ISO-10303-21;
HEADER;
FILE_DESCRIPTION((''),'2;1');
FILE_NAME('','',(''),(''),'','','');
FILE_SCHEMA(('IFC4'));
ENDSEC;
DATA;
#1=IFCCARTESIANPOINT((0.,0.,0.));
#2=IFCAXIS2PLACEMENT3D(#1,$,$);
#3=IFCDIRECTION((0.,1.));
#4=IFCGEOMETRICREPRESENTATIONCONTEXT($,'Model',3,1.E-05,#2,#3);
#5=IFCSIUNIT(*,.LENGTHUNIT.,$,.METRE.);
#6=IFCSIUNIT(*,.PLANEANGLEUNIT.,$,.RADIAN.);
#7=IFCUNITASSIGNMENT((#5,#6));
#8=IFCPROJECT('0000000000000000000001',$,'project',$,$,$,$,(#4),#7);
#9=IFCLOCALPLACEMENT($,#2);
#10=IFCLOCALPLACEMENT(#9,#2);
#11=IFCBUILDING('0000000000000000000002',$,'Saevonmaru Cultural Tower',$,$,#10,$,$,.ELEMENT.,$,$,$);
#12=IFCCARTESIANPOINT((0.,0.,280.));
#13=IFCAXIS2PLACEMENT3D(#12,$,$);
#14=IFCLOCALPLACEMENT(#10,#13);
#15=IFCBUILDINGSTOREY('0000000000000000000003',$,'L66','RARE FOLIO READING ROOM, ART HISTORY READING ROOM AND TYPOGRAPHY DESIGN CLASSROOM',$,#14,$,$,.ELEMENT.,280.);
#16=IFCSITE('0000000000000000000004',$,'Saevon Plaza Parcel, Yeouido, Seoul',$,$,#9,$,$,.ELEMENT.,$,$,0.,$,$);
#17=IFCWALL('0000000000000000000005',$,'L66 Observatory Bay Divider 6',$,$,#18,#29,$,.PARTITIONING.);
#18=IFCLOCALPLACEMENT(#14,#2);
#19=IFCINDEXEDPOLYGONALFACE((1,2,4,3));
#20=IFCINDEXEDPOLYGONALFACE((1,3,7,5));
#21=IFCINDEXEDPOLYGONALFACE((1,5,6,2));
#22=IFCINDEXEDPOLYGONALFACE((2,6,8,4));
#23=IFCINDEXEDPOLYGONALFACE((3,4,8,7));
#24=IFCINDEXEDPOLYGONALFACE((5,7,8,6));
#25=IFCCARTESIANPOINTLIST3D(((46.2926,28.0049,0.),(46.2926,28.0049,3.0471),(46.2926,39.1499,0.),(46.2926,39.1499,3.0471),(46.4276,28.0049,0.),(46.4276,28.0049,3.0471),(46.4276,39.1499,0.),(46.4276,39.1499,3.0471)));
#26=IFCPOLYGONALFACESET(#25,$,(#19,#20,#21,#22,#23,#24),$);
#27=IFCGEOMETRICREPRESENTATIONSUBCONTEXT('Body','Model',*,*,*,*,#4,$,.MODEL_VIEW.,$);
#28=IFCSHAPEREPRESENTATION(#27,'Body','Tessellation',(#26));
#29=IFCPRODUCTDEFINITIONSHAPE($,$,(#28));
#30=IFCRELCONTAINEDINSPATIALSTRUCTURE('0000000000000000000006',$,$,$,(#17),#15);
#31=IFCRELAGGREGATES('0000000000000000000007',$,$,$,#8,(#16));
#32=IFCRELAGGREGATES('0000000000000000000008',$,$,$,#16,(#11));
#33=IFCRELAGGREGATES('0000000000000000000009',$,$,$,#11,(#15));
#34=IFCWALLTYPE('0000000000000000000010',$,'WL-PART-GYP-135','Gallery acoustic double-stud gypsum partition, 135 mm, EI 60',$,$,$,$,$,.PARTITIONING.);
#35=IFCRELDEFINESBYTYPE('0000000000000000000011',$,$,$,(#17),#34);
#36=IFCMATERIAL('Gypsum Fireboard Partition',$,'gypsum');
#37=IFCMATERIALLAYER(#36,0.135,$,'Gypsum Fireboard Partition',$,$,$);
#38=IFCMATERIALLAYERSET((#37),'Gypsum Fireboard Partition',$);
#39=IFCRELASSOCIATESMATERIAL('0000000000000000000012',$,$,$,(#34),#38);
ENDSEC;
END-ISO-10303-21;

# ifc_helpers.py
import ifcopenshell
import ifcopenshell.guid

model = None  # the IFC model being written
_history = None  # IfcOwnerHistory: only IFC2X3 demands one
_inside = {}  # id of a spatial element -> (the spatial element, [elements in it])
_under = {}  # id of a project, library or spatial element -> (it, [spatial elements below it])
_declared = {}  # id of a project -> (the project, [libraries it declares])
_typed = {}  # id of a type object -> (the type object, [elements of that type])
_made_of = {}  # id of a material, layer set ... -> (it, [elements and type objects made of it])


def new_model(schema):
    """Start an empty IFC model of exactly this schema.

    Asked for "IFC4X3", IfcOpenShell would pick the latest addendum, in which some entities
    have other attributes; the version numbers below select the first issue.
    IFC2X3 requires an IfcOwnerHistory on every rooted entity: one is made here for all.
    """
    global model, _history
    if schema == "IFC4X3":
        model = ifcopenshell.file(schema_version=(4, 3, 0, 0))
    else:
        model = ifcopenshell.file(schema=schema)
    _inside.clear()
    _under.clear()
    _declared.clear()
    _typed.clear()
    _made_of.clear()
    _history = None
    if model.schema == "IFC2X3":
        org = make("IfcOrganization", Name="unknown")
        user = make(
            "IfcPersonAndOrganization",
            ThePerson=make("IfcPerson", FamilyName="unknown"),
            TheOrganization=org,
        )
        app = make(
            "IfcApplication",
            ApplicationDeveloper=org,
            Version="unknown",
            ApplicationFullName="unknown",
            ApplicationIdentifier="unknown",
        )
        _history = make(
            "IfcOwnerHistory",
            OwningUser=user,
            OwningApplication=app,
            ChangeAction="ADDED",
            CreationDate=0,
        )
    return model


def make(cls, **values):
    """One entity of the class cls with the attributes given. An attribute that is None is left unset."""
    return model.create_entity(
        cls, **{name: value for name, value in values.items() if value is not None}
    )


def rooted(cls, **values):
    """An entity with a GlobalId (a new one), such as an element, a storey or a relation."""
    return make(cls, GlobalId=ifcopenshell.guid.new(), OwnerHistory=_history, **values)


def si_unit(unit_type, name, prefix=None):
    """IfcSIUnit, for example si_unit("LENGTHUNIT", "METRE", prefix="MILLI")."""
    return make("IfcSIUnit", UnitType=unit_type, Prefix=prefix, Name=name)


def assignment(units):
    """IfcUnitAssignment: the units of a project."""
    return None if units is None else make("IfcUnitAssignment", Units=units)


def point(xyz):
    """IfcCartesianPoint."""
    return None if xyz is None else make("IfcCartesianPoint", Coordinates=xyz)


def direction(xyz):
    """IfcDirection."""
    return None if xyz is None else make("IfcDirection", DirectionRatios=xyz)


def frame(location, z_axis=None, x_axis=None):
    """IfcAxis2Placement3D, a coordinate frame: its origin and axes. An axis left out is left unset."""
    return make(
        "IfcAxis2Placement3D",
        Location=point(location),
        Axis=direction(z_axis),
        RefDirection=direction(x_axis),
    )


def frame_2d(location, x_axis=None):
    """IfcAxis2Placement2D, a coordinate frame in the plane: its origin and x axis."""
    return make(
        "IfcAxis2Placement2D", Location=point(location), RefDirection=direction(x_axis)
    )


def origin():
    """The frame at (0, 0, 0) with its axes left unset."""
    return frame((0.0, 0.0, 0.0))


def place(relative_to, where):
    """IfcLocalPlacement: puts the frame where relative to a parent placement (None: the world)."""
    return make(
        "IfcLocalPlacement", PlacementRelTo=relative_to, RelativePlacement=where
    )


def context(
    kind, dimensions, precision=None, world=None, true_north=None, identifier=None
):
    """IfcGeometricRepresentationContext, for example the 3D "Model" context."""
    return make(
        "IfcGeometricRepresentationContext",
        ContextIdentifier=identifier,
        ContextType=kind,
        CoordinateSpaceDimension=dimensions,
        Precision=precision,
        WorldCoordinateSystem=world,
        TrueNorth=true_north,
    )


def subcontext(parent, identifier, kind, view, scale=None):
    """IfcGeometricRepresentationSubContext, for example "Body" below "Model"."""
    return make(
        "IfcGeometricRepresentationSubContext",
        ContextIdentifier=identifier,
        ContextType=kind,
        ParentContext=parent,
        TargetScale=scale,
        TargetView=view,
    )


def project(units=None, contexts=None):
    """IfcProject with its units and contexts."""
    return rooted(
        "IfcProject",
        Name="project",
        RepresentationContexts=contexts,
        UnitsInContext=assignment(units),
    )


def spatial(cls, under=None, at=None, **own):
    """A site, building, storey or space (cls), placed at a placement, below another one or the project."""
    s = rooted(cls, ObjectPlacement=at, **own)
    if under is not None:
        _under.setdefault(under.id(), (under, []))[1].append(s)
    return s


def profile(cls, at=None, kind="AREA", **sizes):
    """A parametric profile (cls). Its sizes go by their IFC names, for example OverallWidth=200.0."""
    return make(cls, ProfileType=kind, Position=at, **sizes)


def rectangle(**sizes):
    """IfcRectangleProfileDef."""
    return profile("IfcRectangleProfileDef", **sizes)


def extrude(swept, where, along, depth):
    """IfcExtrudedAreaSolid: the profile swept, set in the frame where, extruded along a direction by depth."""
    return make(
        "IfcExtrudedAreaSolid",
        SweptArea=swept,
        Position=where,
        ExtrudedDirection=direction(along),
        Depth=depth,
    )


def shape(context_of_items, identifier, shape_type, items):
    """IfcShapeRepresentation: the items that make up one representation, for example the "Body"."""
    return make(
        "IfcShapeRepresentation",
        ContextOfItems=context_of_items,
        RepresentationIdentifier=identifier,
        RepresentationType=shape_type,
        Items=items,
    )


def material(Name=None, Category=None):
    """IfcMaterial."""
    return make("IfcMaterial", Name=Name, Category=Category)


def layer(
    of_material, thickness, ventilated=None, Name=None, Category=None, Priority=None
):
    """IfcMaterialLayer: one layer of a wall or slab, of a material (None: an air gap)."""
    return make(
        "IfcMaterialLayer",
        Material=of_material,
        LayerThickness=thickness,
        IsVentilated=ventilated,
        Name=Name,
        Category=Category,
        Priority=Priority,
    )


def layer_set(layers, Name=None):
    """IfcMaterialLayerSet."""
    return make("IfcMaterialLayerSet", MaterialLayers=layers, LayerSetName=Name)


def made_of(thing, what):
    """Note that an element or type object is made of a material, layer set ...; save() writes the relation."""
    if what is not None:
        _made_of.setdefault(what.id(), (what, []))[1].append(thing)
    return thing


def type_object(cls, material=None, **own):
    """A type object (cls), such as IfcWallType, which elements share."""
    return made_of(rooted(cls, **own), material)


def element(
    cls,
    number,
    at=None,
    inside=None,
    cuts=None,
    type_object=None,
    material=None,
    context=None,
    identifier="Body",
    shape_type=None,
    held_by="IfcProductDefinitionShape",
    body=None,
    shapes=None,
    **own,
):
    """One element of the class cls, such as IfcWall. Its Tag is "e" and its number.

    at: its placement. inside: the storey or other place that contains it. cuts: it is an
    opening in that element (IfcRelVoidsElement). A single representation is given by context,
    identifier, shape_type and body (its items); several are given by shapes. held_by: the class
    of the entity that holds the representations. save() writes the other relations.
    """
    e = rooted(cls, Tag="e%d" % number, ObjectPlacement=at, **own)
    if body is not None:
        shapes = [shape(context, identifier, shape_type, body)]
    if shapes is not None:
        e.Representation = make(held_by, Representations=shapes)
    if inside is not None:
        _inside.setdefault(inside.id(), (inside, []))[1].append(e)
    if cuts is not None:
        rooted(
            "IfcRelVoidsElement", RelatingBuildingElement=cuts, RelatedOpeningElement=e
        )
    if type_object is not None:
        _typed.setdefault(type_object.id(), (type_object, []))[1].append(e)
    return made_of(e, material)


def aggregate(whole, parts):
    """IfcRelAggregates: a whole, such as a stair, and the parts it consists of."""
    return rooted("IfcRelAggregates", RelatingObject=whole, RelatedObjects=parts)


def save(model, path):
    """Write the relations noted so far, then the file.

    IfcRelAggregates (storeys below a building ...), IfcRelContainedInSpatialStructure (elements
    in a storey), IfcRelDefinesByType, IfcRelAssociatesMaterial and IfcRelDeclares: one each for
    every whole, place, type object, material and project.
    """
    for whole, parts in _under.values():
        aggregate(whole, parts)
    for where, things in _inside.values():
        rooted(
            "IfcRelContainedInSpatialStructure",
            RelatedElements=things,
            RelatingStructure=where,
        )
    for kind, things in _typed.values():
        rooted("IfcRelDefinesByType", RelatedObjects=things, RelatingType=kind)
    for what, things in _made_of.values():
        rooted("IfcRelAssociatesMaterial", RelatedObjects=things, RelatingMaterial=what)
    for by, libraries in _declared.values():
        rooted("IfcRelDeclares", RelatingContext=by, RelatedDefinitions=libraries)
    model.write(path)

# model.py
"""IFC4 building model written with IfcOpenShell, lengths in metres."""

from ifc_helpers import new_model, si_unit, direction, frame, frame_2d, origin, place, context, subcontext, project, spatial, rectangle, extrude, material, layer, layer_set, type_object, element, save


model = new_model("IFC4")

# Units and contexts
model_context = context("Model", 3, precision=1e-05, world=origin(), true_north=direction((0.0, 1.0)))
body_context = subcontext(model_context, "Body", "Model", "MODEL_VIEW")
ifc_project = project(units=[si_unit("LENGTHUNIT", "METRE"), si_unit("PLANEANGLEUNIT", "RADIAN")], contexts=[model_context])

# Site, building, storey
site_placement = place(None, origin())
site = spatial("IfcSite", under=ifc_project, at=site_placement, Name="Saevon Plaza Parcel, Yeouido, Seoul", CompositionType="ELEMENT", RefElevation=0.0)
building_placement = place(site_placement, origin())
building = spatial("IfcBuilding", under=site, at=building_placement, Name="Saevonmaru Cultural Tower", CompositionType="ELEMENT")
storey_placement = place(building_placement, frame((0.0, 0.0, 280.0)))
storey = spatial("IfcBuildingStorey", under=building, at=storey_placement, Name="L66", Description="RARE FOLIO READING ROOM, ART HISTORY READING ROOM AND TYPOGRAPHY DESIGN CLASSROOM", CompositionType="ELEMENT", Elevation=280.0)

# Wall
ifc_material_1 = material(Name="Gypsum Fireboard Partition", Category="gypsum")
ifc_layer_1 = layer(ifc_material_1, 0.135, Name="Gypsum Fireboard Partition")
ifc_layer_set_1 = layer_set([ifc_layer_1], Name="Gypsum Fireboard Partition")
wall_type_1 = type_object("IfcWallType", Name="WL-PART-GYP-135", Description="Gallery acoustic double-stud gypsum partition, 135 mm, EI 60", PredefinedType="PARTITIONING", material=ifc_layer_set_1)
wall_1_placement = place(storey_placement, frame((46.3601, 28.0049, 0.0), z_axis=(0.0, 0.0, 1.0), x_axis=(0.0, 1.0, 0.0)))
element("IfcWall", 1, at=wall_1_placement, inside=storey, type_object=wall_type_1, Name="L66 Observatory Bay Divider 6", PredefinedType="PARTITIONING", context=body_context, shape_type="SweptSolid", body=[
    extrude(rectangle(XDim=11.145, YDim=0.135, at=frame_2d((5.5725, 0.0))), origin(), (0.0, 0.0, 1.0), 3.0471),
])

save(model, "model.ifc")
